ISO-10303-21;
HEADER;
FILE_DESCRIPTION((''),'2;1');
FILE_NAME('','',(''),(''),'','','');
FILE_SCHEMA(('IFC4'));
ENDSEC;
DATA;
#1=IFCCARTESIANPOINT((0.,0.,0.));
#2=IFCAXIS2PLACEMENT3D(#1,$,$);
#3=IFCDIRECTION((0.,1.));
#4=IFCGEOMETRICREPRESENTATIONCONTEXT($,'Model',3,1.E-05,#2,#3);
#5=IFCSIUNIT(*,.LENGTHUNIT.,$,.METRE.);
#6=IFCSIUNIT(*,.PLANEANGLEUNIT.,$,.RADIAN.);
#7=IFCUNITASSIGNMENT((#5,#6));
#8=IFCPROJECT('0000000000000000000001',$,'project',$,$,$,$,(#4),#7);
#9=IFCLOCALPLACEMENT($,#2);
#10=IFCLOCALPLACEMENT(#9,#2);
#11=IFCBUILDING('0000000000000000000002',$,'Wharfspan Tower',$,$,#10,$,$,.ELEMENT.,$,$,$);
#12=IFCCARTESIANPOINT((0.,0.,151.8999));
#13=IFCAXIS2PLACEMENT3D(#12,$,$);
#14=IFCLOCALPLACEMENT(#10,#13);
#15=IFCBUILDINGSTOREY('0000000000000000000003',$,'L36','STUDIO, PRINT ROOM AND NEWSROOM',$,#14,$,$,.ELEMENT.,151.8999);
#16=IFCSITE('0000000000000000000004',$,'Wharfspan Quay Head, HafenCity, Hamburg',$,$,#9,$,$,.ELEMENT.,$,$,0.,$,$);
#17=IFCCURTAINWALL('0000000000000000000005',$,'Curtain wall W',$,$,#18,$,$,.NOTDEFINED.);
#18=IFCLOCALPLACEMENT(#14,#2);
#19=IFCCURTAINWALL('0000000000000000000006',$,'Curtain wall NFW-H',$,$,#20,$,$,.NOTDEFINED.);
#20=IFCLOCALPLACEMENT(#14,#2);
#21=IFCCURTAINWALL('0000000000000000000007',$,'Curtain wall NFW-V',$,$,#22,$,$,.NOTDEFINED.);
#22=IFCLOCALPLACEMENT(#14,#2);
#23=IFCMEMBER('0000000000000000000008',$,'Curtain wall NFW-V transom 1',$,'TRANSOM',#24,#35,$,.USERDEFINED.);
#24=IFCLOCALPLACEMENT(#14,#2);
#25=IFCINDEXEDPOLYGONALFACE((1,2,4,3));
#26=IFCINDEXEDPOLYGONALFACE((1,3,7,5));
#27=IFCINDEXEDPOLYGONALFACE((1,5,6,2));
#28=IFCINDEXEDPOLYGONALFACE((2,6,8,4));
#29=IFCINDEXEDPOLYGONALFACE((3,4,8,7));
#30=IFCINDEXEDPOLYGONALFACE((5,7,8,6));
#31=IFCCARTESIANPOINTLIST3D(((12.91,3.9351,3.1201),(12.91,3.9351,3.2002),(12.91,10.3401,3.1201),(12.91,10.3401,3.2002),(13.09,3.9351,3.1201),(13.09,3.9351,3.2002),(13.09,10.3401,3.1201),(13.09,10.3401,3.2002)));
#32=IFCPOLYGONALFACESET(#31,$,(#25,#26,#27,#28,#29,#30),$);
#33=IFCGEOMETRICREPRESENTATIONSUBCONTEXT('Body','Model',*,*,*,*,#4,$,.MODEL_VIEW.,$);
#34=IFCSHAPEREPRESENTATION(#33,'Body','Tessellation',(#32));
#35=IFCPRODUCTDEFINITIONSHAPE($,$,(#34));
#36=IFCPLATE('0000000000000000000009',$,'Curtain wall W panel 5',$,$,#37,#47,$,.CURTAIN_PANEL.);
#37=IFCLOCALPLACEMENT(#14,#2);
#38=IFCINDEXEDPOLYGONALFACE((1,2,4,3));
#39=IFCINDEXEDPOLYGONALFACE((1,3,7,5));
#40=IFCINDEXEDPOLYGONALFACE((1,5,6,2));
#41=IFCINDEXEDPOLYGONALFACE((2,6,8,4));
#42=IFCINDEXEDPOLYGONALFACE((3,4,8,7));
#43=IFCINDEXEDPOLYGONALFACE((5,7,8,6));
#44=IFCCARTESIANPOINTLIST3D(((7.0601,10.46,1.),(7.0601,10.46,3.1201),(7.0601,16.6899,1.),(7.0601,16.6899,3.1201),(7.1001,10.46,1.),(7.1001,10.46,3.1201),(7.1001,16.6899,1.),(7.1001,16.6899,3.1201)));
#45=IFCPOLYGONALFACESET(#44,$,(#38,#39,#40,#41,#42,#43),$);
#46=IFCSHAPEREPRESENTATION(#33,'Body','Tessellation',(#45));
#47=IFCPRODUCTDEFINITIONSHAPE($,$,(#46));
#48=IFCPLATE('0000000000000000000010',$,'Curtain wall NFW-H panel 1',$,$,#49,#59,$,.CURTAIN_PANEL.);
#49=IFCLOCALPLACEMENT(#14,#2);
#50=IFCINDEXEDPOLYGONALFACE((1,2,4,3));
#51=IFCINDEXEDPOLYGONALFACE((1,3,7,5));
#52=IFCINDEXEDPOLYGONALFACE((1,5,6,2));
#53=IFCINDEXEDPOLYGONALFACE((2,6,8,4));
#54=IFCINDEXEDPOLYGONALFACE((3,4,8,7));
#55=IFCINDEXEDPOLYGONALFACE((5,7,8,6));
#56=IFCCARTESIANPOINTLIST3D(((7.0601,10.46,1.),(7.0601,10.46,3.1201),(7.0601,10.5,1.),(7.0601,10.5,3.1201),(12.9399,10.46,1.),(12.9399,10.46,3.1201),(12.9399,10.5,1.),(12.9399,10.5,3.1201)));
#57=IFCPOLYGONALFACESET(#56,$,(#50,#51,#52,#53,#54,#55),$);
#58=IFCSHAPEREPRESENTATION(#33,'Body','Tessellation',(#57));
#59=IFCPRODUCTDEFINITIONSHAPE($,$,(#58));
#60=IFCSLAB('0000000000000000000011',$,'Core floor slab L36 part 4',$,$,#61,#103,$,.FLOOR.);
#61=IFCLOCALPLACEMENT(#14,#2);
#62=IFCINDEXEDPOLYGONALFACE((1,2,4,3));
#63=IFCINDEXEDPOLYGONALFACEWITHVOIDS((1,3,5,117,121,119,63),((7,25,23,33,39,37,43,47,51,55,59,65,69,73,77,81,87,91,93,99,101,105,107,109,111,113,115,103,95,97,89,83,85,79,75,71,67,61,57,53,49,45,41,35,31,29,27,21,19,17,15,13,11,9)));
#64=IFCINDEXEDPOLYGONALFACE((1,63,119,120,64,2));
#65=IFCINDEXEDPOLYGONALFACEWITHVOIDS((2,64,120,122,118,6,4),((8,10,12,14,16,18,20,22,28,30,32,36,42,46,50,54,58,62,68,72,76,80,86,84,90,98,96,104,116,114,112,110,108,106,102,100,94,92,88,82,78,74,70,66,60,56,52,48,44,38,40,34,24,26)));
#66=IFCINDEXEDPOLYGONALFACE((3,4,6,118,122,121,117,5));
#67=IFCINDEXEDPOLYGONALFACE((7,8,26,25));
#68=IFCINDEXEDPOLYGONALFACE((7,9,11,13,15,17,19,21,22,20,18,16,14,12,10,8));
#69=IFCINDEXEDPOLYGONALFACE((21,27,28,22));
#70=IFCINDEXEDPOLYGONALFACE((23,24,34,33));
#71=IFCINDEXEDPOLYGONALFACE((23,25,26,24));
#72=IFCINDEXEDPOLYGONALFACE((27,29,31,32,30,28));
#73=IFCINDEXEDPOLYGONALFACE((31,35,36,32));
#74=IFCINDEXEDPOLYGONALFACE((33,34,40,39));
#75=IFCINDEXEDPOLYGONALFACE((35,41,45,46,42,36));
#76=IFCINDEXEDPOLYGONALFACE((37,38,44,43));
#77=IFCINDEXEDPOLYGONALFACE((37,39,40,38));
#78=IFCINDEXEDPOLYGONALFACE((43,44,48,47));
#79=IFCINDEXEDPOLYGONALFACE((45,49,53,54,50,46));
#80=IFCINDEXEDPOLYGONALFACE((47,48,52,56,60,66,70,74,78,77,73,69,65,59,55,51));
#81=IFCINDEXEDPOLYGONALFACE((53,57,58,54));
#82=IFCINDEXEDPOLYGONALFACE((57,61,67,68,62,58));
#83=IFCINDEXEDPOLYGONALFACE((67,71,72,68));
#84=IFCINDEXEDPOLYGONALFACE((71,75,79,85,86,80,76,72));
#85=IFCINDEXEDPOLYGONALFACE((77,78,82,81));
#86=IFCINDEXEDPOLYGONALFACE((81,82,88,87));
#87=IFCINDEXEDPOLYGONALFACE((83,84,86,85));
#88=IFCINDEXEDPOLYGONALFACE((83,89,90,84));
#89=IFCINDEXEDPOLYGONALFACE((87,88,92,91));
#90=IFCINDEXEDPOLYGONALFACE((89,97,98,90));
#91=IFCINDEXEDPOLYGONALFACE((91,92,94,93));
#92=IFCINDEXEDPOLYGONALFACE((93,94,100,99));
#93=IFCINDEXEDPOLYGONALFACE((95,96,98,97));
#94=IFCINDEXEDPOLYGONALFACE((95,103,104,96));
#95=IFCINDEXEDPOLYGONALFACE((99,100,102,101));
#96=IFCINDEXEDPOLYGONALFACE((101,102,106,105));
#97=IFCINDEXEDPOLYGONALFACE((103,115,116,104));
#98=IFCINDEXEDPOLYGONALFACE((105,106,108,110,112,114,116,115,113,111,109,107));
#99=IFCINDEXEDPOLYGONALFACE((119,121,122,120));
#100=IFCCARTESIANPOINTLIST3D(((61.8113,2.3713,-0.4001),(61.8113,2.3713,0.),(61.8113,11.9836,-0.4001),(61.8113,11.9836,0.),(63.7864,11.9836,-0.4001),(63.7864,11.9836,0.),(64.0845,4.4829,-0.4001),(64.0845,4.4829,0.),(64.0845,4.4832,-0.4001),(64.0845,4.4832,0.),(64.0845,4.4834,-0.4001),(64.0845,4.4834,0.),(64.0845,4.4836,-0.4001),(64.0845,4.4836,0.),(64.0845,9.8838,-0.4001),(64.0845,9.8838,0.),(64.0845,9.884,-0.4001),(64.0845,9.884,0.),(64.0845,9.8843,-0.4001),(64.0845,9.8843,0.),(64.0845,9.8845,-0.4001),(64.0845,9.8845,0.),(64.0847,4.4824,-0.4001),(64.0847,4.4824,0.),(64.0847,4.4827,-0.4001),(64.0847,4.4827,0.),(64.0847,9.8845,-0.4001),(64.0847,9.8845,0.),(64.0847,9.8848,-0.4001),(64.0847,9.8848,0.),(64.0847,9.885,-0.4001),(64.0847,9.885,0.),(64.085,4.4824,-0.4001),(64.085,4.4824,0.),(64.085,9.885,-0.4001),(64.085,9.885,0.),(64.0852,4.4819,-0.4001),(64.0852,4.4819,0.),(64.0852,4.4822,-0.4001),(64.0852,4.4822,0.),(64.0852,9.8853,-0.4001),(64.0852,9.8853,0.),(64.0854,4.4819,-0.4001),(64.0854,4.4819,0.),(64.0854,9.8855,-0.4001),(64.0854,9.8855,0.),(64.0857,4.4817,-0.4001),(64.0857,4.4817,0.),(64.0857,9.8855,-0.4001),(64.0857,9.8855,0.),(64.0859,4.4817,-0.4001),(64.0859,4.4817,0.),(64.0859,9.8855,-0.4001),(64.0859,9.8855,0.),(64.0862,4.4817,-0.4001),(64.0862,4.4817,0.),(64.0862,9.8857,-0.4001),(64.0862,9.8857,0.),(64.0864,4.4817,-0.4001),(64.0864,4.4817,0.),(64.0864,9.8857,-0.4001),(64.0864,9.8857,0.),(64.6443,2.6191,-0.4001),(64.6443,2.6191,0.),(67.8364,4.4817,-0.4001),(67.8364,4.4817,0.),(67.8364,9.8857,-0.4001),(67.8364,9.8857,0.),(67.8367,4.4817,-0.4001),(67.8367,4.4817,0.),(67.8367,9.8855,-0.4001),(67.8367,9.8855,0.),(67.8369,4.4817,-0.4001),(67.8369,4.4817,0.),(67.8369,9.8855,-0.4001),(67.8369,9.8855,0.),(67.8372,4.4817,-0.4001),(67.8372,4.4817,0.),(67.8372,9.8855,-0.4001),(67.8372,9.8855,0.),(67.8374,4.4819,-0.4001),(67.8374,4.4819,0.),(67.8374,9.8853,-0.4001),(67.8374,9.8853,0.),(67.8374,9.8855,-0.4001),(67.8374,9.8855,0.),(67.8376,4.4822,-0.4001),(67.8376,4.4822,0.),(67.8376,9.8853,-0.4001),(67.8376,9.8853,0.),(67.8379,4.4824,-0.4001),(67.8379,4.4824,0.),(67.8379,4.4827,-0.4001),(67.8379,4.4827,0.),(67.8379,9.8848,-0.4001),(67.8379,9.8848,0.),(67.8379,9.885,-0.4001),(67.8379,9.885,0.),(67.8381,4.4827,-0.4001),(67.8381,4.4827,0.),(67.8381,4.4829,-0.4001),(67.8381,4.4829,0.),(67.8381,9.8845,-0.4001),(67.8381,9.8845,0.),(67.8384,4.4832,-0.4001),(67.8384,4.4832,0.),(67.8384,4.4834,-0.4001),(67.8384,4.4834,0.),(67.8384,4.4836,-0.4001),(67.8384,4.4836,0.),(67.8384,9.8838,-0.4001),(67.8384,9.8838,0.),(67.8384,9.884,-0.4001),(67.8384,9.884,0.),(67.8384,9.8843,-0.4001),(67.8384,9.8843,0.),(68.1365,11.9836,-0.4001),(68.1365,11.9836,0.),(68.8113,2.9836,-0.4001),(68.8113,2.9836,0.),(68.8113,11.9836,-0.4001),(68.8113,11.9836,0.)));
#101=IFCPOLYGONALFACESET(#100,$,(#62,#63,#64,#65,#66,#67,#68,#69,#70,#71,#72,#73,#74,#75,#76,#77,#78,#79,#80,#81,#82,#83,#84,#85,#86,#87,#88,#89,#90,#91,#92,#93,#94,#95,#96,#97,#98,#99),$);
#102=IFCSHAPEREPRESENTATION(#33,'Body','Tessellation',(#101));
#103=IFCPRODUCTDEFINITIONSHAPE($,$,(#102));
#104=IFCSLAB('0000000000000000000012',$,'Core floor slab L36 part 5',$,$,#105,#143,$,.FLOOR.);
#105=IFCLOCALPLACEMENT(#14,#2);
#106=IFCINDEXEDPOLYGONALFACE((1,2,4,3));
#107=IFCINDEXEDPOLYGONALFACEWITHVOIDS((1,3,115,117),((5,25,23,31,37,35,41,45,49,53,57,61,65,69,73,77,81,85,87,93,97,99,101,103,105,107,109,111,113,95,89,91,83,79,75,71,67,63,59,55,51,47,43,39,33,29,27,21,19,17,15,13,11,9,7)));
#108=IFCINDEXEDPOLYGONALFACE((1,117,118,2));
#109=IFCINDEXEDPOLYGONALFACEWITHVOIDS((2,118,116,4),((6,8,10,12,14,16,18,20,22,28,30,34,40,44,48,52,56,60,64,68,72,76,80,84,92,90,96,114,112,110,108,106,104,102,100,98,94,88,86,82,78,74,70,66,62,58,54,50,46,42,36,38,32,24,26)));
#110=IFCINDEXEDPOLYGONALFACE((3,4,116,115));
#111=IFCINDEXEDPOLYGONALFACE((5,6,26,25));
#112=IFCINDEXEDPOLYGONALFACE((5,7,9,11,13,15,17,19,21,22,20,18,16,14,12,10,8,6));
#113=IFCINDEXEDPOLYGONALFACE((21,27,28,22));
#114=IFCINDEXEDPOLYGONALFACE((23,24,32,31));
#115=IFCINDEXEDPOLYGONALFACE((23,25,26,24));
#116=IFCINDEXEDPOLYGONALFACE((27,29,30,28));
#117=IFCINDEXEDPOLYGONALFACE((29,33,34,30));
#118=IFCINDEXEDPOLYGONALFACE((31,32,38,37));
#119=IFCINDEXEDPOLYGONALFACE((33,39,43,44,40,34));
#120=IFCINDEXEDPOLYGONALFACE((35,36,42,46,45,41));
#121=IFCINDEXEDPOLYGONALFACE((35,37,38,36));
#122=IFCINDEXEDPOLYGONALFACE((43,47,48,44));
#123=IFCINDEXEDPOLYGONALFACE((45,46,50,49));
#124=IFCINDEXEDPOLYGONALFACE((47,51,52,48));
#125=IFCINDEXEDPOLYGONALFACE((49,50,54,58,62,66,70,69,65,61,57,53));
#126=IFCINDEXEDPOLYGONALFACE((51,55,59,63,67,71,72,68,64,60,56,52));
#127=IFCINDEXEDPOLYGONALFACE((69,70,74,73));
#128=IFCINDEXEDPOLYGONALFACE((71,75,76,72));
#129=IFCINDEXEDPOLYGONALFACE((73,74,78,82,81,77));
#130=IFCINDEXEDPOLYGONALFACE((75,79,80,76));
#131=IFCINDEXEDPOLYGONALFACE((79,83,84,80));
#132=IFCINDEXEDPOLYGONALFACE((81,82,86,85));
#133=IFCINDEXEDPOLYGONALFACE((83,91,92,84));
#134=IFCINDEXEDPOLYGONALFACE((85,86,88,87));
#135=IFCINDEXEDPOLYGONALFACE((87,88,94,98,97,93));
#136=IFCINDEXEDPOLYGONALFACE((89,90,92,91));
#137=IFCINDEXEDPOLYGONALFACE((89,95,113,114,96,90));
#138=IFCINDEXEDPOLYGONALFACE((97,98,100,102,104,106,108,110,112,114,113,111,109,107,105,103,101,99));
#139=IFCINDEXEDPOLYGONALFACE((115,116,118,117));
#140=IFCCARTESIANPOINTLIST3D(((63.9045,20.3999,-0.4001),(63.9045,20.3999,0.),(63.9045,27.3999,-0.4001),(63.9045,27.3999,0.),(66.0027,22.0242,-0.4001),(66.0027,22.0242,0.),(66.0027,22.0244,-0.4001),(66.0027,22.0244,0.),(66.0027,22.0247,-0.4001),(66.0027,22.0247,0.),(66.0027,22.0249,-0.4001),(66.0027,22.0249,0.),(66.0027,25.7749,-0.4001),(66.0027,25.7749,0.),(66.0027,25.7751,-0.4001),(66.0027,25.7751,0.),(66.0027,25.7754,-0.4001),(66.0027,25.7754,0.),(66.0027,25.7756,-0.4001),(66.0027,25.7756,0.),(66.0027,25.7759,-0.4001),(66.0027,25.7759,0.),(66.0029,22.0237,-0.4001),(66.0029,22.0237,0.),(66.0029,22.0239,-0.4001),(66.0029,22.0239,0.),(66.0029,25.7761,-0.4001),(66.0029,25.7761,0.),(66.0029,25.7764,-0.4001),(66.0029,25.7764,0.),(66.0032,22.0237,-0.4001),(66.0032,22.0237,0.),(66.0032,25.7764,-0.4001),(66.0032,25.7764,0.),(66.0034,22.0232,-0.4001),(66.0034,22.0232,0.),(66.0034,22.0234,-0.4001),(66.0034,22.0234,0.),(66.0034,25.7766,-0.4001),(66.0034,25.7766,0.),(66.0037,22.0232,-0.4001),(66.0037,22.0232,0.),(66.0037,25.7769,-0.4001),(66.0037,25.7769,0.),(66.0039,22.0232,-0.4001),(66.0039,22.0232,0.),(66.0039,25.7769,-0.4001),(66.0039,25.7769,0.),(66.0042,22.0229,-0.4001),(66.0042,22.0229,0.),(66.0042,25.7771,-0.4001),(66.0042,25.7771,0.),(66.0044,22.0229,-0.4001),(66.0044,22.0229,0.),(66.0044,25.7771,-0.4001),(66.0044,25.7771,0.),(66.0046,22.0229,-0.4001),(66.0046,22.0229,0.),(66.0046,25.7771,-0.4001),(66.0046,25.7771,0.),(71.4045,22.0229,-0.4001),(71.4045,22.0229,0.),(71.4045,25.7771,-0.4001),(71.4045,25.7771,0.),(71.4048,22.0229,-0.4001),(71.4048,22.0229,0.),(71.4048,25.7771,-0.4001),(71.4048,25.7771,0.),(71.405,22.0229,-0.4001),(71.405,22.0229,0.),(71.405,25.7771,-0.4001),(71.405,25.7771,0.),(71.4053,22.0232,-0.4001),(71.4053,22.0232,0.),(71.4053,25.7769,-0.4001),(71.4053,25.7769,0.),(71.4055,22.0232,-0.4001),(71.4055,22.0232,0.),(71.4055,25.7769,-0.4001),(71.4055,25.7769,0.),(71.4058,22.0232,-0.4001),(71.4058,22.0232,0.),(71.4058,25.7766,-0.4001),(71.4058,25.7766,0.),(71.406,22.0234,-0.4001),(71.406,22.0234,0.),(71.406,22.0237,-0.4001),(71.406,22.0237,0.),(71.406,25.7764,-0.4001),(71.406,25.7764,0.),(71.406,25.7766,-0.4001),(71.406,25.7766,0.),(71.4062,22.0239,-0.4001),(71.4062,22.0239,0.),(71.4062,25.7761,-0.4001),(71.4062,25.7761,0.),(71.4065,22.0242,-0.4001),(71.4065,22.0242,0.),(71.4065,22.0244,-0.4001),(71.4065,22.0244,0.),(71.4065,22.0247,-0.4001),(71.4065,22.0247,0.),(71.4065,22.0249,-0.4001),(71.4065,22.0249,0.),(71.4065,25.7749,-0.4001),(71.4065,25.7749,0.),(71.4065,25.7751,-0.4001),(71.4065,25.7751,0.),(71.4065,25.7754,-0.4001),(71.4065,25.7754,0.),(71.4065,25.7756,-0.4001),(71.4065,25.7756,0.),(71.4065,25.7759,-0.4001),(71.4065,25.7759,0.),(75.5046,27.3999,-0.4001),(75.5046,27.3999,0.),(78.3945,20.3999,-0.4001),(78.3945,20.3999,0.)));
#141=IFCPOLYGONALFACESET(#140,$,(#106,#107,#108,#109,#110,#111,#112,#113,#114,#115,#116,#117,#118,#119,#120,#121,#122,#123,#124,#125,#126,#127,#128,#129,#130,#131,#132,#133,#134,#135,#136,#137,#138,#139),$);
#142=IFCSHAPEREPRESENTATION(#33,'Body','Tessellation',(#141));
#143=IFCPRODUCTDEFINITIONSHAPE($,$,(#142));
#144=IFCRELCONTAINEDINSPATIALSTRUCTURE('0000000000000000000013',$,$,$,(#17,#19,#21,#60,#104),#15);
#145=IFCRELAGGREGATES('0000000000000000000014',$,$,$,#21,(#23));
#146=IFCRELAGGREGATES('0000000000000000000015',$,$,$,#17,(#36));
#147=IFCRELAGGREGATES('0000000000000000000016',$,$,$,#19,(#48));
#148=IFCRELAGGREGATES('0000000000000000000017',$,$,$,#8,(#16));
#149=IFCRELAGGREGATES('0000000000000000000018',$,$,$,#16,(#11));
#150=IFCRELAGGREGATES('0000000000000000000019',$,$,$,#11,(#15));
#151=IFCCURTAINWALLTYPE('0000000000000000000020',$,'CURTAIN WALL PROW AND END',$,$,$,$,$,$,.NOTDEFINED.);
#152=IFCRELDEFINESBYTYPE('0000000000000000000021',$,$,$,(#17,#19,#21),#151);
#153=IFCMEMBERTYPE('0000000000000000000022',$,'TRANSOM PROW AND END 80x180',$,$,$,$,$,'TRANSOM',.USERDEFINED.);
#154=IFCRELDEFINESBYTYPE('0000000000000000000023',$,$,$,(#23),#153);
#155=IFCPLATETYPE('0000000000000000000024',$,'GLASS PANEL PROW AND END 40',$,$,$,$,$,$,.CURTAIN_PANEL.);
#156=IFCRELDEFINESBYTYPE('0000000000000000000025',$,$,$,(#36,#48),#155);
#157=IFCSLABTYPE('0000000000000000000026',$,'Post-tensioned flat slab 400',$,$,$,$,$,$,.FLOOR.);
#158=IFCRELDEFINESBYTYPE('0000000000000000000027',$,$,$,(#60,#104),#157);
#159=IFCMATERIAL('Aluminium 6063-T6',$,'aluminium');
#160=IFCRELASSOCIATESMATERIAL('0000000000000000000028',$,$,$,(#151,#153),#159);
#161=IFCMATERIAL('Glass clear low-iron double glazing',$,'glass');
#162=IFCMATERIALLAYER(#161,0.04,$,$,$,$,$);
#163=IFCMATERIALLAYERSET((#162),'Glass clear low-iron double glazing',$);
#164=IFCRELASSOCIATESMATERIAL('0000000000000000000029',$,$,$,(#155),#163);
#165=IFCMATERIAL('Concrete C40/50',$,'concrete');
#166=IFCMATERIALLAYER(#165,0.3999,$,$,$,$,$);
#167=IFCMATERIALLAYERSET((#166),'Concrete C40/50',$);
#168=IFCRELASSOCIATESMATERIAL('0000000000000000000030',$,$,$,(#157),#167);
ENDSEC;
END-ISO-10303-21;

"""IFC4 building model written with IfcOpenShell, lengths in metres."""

from ifc_helpers import new_model, si_unit, direction, frame, origin, origin_2d, place, context, subcontext, project, spatial, polyline, rectangle, outline, extrude, material, layer, layer_set, material_profile, profile_set, type_object, element, aggregate, save


model = new_model("IFC4")

# Units and contexts
model_context = context("Model", 3, precision=1e-05, world=origin(), true_north=direction((0.0, 1.0)))
body_context = subcontext(model_context, "Body", "Model", "MODEL_VIEW")
ifc_project = project(units=[si_unit("LENGTHUNIT", "METRE"), si_unit("PLANEANGLEUNIT", "RADIAN")], contexts=[model_context])

# Site, building, storey
site_placement = place(None, origin())
site = spatial("IfcSite", under=ifc_project, at=site_placement, Name="Wharfspan Quay Head, HafenCity, Hamburg", CompositionType="ELEMENT", RefElevation=0.0)
building_placement = place(site_placement, origin())
building = spatial("IfcBuilding", under=site, at=building_placement, Name="Wharfspan Tower", CompositionType="ELEMENT")
storey_placement = place(building_placement, frame((0.0, 0.0, 151.8999)))
storey = spatial("IfcBuildingStorey", under=building, at=storey_placement, Name="L36", Description="STUDIO, PRINT ROOM AND NEWSROOM", CompositionType="ELEMENT", Elevation=151.8999)

# Curtain wall
ifc_material_1 = material(Name="Aluminium 6063-T6", Category="aluminium")
curtain_wall_type_1 = type_object("IfcCurtainWallType", Name="CURTAIN WALL PROW AND END", PredefinedType="NOTDEFINED", material=ifc_material_1)
curtain_wall_1_placement = place(storey_placement, origin())
curtain_wall_1 = element("IfcCurtainWall", 1, at=curtain_wall_1_placement, inside=storey, type_object=curtain_wall_type_1, Name="Curtain wall W", PredefinedType="NOTDEFINED")

# Curtain walls
curtain_wall_2_placement = place(storey_placement, origin())
curtain_wall_2 = element("IfcCurtainWall", 2, at=curtain_wall_2_placement, inside=storey, type_object=curtain_wall_type_1, Name="Curtain wall NFW-H", PredefinedType="NOTDEFINED")
curtain_wall_3_placement = place(storey_placement, origin())
curtain_wall_3 = element("IfcCurtainWall", 3, at=curtain_wall_3_placement, inside=storey, type_object=curtain_wall_type_1, Name="Curtain wall NFW-V", PredefinedType="NOTDEFINED")

# Member
ifc_material_profile_1 = material_profile(ifc_material_1, rectangle(XDim=0.1799, YDim=0.0801, at=origin_2d()))
ifc_profile_set_1 = profile_set([ifc_material_profile_1], Name="Aluminium 6063-T6")
member_type_1 = type_object("IfcMemberType", Name="TRANSOM PROW AND END 80x180", ElementType="TRANSOM", PredefinedType="USERDEFINED", material=ifc_profile_set_1)
member_1_placement = place(storey_placement, frame((13.0, 10.3401, 3.1602), z_axis=(0.0, -1.0, 0.0), x_axis=(1.0, 0.0, 0.0)))
member_1 = element("IfcMember", 4, at=member_1_placement, type_object=member_type_1, Name="Curtain wall NFW-V transom 1", ObjectType="TRANSOM", PredefinedType="USERDEFINED", context=body_context, shape_type="SweptSolid", body=[
    extrude(rectangle(XDim=0.1799, YDim=0.0801, at=origin_2d()), origin(), (0.0, 0.0, 1.0), 6.405),
])
aggregate(curtain_wall_3, [member_1])

# Plates
ifc_material_2 = material(Name="Glass clear low-iron double glazing", Category="glass")
ifc_layer_1 = layer(ifc_material_2, 0.04)
ifc_layer_set_1 = layer_set([ifc_layer_1], Name="Glass clear low-iron double glazing")
plate_type = type_object("IfcPlateType", Name="GLASS PANEL PROW AND END 40", PredefinedType="CURTAIN_PANEL", material=ifc_layer_set_1)
plate_1_placement = place(storey_placement, frame((7.0801, 13.575, 1.0), z_axis=(0.0, 0.0, 1.0), x_axis=(0.0, -1.0, 0.0)))
plate_1 = element("IfcPlate", 5, at=plate_1_placement, type_object=plate_type, Name="Curtain wall W panel 5", PredefinedType="CURTAIN_PANEL", context=body_context, shape_type="SweptSolid", body=[
    extrude(rectangle(XDim=6.23, YDim=0.04, at=origin_2d()), origin(), (0.0, 0.0, 1.0), 2.1201),
])
aggregate(curtain_wall_1, [plate_1])
plate_2_placement = place(storey_placement, frame((10.0, 10.48, 1.0), z_axis=(0.0, 0.0, 1.0), x_axis=(1.0, 0.0, 0.0)))
plate_2 = element("IfcPlate", 6, at=plate_2_placement, type_object=plate_type, Name="Curtain wall NFW-H panel 1", PredefinedType="CURTAIN_PANEL", context=body_context, shape_type="SweptSolid", body=[
    extrude(rectangle(XDim=5.8799, YDim=0.04, at=origin_2d()), origin(), (0.0, 0.0, 1.0), 2.1201),
])
aggregate(curtain_wall_2, [plate_2])

# Slabs
ifc_material_3 = material(Name="Concrete C40/50", Category="concrete")
ifc_layer_2 = layer(ifc_material_3, 0.3999)
ifc_layer_set_2 = layer_set([ifc_layer_2], Name="Concrete C40/50")
slab_type = type_object("IfcSlabType", Name="Post-tensioned flat slab 400", PredefinedType="FLOOR", material=ifc_layer_set_2)
slab_1_placement = place(storey_placement, frame((0.0, 0.0, -0.4001)))
element("IfcSlab", 7, at=slab_1_placement, inside=storey, type_object=slab_type, Name="Core floor slab L36 part 4", PredefinedType="FLOOR", context=body_context, shape_type="SweptSolid", body=[
    extrude(outline(polyline([(68.8113, 11.9836), (68.1365, 11.9836), (63.7864, 11.9836), (61.8113, 11.9836), (61.8113, 2.3713), (64.6443, 2.6191), (68.8113, 2.9836), (68.8113, 11.9836)]), holes=[polyline([(67.8364, 9.8857), (67.8364, 9.8857), (67.8367, 9.8855), (67.8369, 9.8855), (67.8372, 9.8855), (67.8374, 9.8855), (67.8374, 9.8853), (67.8376, 9.8853), (67.8379, 9.885), (67.8379, 9.885), (67.8379, 9.8848), (67.8381, 9.8845), (67.8381, 9.8845), (67.8384, 9.8843), (67.8384, 9.884), (67.8384, 9.8838), (67.8384, 9.8838), (67.8384, 4.4836), (67.8384, 4.4834), (67.8384, 4.4834), (67.8384, 4.4832), (67.8381, 4.4829), (67.8381, 4.4827), (67.8379, 4.4827), (67.8379, 4.4824), (67.8379, 4.4824), (67.8376, 4.4822), (67.8374, 4.4819), (67.8374, 4.4819), (67.8372, 4.4817), (67.8369, 4.4817), (67.8367, 4.4817), (67.8364, 4.4817), (67.8364, 4.4817), (64.0864, 4.4817), (64.0862, 4.4817), (64.0859, 4.4817), (64.0857, 4.4817), (64.0857, 4.4817), (64.0854, 4.4819), (64.0852, 4.4819), (64.0852, 4.4822), (64.085, 4.4824), (64.0847, 4.4824), (64.0847, 4.4827), (64.0847, 4.4827), (64.0845, 4.4829), (64.0845, 4.4832), (64.0845, 4.4834), (64.0845, 4.4834), (64.0845, 4.4836), (64.0845, 9.8838), (64.0845, 9.8838), (64.0845, 9.884), (64.0845, 9.8843), (64.0845, 9.8845), (64.0847, 9.8845), (64.0847, 9.8848), (64.0847, 9.885), (64.085, 9.885), (64.0852, 9.8853), (64.0852, 9.8853), (64.0854, 9.8855), (64.0857, 9.8855), (64.0857, 9.8855), (64.0859, 9.8855), (64.0862, 9.8857), (64.0864, 9.8857), (67.8364, 9.8857)])]), origin(), (0.0, 0.0, 1.0), 0.4001),
])
slab_2_placement = place(storey_placement, frame((0.0, 0.0, -0.4001)))
element("IfcSlab", 8, at=slab_2_placement, inside=storey, type_object=slab_type, Name="Core floor slab L36 part 5", PredefinedType="FLOOR", context=body_context, shape_type="SweptSolid", body=[
    extrude(outline(polyline([(78.3945, 20.3999), (75.5046, 27.3999), (63.9045, 27.3999), (63.9045, 20.3999), (78.3945, 20.3999)]), holes=[polyline([(66.0027, 25.7749), (66.0027, 25.7751), (66.0027, 25.7754), (66.0027, 25.7756), (66.0027, 25.7759), (66.0027, 25.7759), (66.0029, 25.7761), (66.0029, 25.7764), (66.0032, 25.7764), (66.0034, 25.7766), (66.0034, 25.7766), (66.0037, 25.7769), (66.0039, 25.7769), (66.0039, 25.7769), (66.0041, 25.7771), (66.0044, 25.7771), (66.0046, 25.7771), (71.4045, 25.7771), (71.4048, 25.7771), (71.405, 25.7771), (71.4053, 25.7769), (71.4055, 25.7769), (71.4055, 25.7769), (71.4058, 25.7766), (71.406, 25.7766), (71.406, 25.7764), (71.406, 25.7764), (71.4062, 25.7761), (71.4065, 25.7759), (71.4065, 25.7759), (71.4065, 25.7756), (71.4065, 25.7754), (71.4065, 25.7751), (71.4065, 25.7749), (71.4065, 22.0249), (71.4065, 22.0249), (71.4065, 22.0247), (71.4065, 22.0244), (71.4065, 22.0242), (71.4065, 22.0242), (71.4062, 22.0239), (71.406, 22.0237), (71.406, 22.0237), (71.406, 22.0234), (71.4058, 22.0232), (71.4055, 22.0232), (71.4055, 22.0232), (71.4053, 22.0232), (71.405, 22.0229), (71.4048, 22.0229), (71.4045, 22.0229), (66.0046, 22.0229), (66.0044, 22.0229), (66.0041, 22.0229), (66.0039, 22.0232), (66.0039, 22.0232), (66.0037, 22.0232), (66.0034, 22.0232), (66.0034, 22.0234), (66.0032, 22.0237), (66.0029, 22.0237), (66.0029, 22.0239), (66.0027, 22.0242), (66.0027, 22.0242), (66.0027, 22.0244), (66.0027, 22.0247), (66.0027, 22.0249), (66.0027, 22.0249), (66.0027, 25.7749)])]), origin(), (0.0, 0.0, 1.0), 0.4001),
])

save(model, "model.ifc")
